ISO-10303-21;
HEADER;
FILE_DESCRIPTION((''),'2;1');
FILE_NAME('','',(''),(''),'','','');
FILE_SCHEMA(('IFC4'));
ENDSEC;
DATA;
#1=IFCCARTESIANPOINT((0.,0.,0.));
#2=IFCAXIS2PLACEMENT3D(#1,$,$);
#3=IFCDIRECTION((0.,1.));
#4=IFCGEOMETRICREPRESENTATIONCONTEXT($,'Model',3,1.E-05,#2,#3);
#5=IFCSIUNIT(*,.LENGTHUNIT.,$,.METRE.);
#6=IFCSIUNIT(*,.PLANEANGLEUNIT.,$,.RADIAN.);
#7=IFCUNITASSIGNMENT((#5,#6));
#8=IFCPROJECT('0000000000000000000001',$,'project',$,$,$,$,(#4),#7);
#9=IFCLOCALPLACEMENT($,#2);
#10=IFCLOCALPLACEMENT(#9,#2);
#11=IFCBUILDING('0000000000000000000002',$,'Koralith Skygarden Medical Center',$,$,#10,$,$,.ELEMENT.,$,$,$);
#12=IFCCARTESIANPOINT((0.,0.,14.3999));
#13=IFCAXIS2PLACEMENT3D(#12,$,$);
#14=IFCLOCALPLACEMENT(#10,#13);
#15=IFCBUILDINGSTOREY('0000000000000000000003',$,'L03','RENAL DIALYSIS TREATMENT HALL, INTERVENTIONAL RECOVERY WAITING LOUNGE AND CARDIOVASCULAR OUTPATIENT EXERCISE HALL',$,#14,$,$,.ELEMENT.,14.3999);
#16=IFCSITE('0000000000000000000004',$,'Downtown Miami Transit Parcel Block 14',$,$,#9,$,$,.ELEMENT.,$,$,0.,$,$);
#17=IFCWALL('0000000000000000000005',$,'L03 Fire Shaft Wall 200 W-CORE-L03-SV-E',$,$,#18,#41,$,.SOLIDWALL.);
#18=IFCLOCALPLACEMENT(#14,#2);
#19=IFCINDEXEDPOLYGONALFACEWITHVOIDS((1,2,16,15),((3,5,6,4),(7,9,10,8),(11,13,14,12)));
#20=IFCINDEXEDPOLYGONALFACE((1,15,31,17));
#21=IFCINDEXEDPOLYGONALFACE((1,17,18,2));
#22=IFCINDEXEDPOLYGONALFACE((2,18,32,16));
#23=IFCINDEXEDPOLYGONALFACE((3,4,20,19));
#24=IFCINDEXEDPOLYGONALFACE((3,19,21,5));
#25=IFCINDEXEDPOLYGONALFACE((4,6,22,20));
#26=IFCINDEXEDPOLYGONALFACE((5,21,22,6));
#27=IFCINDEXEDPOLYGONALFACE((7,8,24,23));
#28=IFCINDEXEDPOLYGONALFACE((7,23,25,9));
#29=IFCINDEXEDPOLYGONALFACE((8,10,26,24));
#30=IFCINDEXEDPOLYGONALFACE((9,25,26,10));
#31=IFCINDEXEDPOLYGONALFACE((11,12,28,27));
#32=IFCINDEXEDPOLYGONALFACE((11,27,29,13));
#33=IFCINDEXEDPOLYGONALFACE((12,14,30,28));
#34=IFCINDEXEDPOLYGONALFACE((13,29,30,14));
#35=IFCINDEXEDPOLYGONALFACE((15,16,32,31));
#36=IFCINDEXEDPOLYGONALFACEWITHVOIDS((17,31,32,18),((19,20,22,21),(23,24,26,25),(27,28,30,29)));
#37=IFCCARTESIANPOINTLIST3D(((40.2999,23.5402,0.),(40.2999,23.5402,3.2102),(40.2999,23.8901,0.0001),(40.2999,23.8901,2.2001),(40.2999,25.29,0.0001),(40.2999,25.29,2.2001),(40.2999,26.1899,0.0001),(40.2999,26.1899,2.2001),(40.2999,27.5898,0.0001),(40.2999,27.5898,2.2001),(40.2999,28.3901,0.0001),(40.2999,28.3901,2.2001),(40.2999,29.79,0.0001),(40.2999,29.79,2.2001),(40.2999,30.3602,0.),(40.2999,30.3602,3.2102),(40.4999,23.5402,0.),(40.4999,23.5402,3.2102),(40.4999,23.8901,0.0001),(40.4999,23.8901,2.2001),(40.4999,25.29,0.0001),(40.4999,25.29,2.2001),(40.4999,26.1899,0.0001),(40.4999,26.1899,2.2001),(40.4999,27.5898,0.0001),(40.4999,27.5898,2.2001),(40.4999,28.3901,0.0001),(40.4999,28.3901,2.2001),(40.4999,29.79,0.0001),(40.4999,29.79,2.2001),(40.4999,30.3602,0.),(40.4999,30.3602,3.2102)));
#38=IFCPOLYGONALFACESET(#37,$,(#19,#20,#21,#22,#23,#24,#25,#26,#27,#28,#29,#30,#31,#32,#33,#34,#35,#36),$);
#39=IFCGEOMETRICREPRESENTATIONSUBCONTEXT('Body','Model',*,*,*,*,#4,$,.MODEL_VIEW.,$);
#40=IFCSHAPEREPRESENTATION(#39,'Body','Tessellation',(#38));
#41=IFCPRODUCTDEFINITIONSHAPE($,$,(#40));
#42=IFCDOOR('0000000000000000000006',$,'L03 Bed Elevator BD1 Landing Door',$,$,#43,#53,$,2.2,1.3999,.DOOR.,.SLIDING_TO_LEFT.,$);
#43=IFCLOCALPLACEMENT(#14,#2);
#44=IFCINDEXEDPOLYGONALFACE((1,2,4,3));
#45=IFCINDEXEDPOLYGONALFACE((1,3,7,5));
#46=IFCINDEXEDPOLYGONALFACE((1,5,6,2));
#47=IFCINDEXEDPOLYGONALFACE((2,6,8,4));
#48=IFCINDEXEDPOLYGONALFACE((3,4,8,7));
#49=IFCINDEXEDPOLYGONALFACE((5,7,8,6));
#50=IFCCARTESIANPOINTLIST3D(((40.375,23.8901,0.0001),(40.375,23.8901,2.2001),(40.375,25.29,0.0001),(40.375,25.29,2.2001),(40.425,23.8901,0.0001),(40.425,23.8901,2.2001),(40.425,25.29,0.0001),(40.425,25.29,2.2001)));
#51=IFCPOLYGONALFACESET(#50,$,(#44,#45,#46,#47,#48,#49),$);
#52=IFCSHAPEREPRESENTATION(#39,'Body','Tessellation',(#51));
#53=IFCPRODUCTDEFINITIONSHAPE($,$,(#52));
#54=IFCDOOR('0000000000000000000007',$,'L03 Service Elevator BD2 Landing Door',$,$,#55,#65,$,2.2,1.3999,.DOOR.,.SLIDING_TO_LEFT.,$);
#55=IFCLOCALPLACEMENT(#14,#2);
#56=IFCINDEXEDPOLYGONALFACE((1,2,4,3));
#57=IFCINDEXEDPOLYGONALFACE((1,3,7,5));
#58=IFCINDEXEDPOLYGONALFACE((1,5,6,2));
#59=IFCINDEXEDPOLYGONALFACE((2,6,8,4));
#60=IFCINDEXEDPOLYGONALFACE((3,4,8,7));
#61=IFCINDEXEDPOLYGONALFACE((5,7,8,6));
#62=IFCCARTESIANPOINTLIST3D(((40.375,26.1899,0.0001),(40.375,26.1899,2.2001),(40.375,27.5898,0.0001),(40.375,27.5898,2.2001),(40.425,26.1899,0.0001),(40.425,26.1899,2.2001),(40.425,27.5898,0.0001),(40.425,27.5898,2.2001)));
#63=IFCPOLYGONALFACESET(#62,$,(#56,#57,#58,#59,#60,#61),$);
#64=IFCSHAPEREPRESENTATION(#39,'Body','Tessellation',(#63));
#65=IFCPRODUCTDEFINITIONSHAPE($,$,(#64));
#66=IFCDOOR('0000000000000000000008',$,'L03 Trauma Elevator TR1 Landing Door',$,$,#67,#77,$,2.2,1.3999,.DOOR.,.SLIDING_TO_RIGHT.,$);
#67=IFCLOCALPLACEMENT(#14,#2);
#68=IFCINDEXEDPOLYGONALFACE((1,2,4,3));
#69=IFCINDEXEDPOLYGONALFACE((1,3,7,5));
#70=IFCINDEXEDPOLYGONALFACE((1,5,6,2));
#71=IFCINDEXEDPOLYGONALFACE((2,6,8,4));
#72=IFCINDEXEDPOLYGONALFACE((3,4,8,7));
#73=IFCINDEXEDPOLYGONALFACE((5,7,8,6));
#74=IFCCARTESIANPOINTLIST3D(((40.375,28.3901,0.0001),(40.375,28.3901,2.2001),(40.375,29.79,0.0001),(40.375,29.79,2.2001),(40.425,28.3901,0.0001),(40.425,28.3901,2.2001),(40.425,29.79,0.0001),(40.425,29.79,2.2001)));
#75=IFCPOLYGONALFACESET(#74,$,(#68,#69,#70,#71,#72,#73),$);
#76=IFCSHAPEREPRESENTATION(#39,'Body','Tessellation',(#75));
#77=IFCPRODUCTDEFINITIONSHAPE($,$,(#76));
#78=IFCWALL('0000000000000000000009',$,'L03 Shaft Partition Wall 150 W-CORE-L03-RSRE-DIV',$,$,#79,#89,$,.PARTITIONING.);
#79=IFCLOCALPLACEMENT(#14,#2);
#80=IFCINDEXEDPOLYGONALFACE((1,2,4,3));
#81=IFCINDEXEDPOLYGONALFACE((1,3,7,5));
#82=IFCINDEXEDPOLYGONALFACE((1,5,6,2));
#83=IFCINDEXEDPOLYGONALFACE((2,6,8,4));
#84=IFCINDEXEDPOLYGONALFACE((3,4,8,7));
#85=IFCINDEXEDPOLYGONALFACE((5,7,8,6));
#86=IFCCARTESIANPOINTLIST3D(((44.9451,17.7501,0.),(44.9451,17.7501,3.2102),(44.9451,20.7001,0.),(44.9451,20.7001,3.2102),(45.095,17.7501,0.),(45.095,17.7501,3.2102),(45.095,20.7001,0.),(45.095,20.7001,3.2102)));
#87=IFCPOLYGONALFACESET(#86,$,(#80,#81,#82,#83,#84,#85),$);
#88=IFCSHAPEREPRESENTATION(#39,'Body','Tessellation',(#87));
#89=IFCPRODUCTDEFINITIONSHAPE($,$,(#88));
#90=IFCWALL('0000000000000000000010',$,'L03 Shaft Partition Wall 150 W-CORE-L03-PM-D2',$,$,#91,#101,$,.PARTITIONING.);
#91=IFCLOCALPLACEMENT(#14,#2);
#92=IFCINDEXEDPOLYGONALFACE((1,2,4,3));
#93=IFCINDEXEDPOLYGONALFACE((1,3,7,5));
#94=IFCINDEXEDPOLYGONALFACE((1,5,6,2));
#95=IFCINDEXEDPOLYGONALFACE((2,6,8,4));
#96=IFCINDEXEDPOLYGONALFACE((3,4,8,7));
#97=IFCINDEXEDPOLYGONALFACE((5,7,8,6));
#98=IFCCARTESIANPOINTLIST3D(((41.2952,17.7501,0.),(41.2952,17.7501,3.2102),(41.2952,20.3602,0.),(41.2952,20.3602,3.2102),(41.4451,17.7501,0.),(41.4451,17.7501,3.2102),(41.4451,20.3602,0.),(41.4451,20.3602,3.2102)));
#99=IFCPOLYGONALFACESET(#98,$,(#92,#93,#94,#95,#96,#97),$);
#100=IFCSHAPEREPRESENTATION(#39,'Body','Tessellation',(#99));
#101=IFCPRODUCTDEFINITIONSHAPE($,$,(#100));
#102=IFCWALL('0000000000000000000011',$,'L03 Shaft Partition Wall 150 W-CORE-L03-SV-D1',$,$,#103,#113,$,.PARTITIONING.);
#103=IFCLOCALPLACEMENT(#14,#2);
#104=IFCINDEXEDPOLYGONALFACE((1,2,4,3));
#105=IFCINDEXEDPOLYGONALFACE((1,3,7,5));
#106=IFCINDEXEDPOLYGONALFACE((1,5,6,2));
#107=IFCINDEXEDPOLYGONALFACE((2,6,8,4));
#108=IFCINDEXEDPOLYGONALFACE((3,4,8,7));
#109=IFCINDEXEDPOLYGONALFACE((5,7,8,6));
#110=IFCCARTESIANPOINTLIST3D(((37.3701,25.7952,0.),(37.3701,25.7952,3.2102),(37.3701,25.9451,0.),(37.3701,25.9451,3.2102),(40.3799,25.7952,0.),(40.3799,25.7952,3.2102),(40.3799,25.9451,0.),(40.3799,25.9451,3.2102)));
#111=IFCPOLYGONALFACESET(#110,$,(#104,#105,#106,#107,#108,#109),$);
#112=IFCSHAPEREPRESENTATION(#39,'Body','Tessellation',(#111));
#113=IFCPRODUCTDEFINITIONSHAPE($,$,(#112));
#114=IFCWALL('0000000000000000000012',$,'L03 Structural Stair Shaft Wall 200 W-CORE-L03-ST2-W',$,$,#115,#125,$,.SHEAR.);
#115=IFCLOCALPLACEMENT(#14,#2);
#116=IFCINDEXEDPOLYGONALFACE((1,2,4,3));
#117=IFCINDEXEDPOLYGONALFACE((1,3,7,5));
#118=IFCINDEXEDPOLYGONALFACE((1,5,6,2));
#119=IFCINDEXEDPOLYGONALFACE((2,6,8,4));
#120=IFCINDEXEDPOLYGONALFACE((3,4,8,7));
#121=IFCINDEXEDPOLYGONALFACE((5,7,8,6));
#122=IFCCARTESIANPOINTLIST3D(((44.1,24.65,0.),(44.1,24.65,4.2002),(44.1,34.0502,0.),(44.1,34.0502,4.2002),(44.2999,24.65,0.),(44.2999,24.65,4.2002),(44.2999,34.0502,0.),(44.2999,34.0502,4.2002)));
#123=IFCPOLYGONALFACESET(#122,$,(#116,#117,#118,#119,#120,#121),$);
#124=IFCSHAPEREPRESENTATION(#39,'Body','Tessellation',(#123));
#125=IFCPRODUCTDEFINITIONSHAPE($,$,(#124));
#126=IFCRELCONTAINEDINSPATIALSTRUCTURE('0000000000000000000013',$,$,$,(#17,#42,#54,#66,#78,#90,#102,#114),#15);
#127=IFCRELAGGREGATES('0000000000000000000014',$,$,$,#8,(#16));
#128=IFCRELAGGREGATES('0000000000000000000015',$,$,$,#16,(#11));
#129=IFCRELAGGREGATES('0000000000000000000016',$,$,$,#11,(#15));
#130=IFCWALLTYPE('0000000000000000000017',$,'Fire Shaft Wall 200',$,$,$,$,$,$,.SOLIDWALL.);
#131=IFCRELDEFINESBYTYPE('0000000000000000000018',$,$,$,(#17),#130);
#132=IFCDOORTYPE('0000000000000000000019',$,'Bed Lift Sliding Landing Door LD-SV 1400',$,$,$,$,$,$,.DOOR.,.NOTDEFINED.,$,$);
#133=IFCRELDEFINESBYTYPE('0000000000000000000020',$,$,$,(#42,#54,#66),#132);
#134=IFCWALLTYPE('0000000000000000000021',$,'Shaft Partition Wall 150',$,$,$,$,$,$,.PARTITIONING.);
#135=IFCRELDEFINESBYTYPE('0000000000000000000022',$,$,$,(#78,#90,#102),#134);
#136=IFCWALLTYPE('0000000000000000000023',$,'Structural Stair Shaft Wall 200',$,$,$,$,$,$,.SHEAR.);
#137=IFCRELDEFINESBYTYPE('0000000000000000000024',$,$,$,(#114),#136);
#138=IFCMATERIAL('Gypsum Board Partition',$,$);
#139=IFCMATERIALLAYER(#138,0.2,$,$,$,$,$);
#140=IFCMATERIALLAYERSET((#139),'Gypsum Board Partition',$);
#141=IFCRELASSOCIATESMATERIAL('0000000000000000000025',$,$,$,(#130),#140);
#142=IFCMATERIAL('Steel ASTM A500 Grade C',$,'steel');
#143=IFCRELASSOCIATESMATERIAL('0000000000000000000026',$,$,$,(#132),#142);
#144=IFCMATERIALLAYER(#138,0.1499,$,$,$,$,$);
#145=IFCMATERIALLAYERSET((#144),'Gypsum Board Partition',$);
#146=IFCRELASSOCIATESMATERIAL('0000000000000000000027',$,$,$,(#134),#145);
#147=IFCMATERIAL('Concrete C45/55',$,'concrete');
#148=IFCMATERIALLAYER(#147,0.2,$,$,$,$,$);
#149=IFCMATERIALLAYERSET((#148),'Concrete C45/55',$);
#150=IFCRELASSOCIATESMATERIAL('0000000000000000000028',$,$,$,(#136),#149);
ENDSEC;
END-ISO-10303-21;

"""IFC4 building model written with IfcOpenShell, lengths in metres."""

from ifc_helpers import new_model, si_unit, direction, frame, frame_2d, origin, place, context, subcontext, project, spatial, rectangle, extrude, material, layer, layer_set, type_object, element, fill, save


model = new_model("IFC4")

# Units and contexts
model_context = context("Model", 3, precision=1e-05, world=origin(), true_north=direction((0.0, 1.0)))
body_context = subcontext(model_context, "Body", "Model", "MODEL_VIEW")
ifc_project = project(units=[si_unit("LENGTHUNIT", "METRE"), si_unit("PLANEANGLEUNIT", "RADIAN")], contexts=[model_context])

# Site, building, storey
site_placement = place(None, origin())
site = spatial("IfcSite", under=ifc_project, at=site_placement, Name="Downtown Miami Transit Parcel Block 14", CompositionType="ELEMENT", RefElevation=0.0)
building_placement = place(site_placement, origin())
building = spatial("IfcBuilding", under=site, at=building_placement, Name="Koralith Skygarden Medical Center", CompositionType="ELEMENT")
storey_placement = place(building_placement, frame((0.0, 0.0, 14.3999)))
storey = spatial("IfcBuildingStorey", under=building, at=storey_placement, Name="L03", Description="RENAL DIALYSIS TREATMENT HALL, INTERVENTIONAL RECOVERY WAITING LOUNGE AND CARDIOVASCULAR OUTPATIENT EXERCISE HALL", CompositionType="ELEMENT", Elevation=14.3999)

# Shared definitions
ifc_material_1 = material(Name="Gypsum Board Partition")

# Shared definitions
ifc_layer_1 = layer(ifc_material_1, 0.2)
ifc_layer_set_1 = layer_set([ifc_layer_1], Name="Gypsum Board Partition")
wall_type_1 = type_object("IfcWallType", Name="Fire Shaft Wall 200", PredefinedType="SOLIDWALL", material=ifc_layer_set_1)
ifc_material_2 = material(Name="Steel ASTM A500 Grade C", Category="steel")

# Wall, openings, doors
wall_1_placement = place(storey_placement, frame((40.3999, 23.54, 0.0), z_axis=(0.0, 0.0, 1.0), x_axis=(0.0, 1.0, 0.0)))
wall_1 = element("IfcWall", 1, at=wall_1_placement, inside=storey, type_object=wall_type_1, Name="L03 Fire Shaft Wall 200 W-CORE-L03-SV-E", PredefinedType="SOLIDWALL", context=body_context, shape_type="SweptSolid", body=[
    extrude(rectangle(XDim=6.8201, YDim=0.2, at=frame_2d((3.4102, 0.0))), origin(), (0.0, 0.0, 1.0), 3.2102),
])
opening_1_placement = place(wall_1_placement, frame((0.3501, 0.0, 0.0)))
opening_1 = element("IfcOpeningElement", 2, at=opening_1_placement, cuts=wall_1, PredefinedType="OPENING", context=body_context, shape_type="SweptSolid", body=[
    extrude(rectangle(XDim=1.3999, YDim=2.2, at=frame_2d((0.7, 1.1001))), frame((0.0, 0.1099, 0.0), z_axis=(0.0, -1.0, 0.0), x_axis=(1.0, 0.0, 0.0)), (0.0, 0.0, 1.0), 0.22),
])
opening_2_placement = place(wall_1_placement, frame((2.6499, 0.0, 0.0)))
opening_2 = element("IfcOpeningElement", 3, at=opening_2_placement, cuts=wall_1, PredefinedType="OPENING", context=body_context, shape_type="SweptSolid", body=[
    extrude(rectangle(XDim=1.3999, YDim=2.2, at=frame_2d((0.7, 1.1001))), frame((0.0, 0.1099, 0.0), z_axis=(0.0, -1.0, 0.0), x_axis=(1.0, 0.0, 0.0)), (0.0, 0.0, 1.0), 0.22),
])
opening_3_placement = place(wall_1_placement, frame((4.8501, 0.0, 0.0)))
opening_3 = element("IfcOpeningElement", 4, at=opening_3_placement, cuts=wall_1, PredefinedType="OPENING", context=body_context, shape_type="SweptSolid", body=[
    extrude(rectangle(XDim=1.3999, YDim=2.2, at=frame_2d((0.7, 1.1001))), frame((0.0, 0.1099, 0.0), z_axis=(0.0, -1.0, 0.0), x_axis=(1.0, 0.0, 0.0)), (0.0, 0.0, 1.0), 0.22),
])
door_type_1 = type_object("IfcDoorType", Name="Bed Lift Sliding Landing Door LD-SV 1400", OperationType="NOTDEFINED", PredefinedType="DOOR", material=ifc_material_2)
door_1_placement = place(opening_1_placement, origin())
door_1 = element("IfcDoor", 5, at=door_1_placement, inside=storey, type_object=door_type_1, Name="L03 Bed Elevator BD1 Landing Door", OperationType="SLIDING_TO_LEFT", OverallHeight=2.2, OverallWidth=1.3999, PredefinedType="DOOR", context=body_context, shape_type="SweptSolid", body=[
    extrude(rectangle(XDim=1.3999, YDim=2.2, at=frame_2d((0.7, 1.1001))), frame((0.0, 0.0249, 0.0), z_axis=(0.0, -1.0, 0.0), x_axis=(1.0, 0.0, 0.0)), (0.0, 0.0, 1.0), 0.05),
])
fill(opening_1, door_1)
door_2_placement = place(opening_2_placement, origin())
door_2 = element("IfcDoor", 6, at=door_2_placement, inside=storey, type_object=door_type_1, Name="L03 Service Elevator BD2 Landing Door", OperationType="SLIDING_TO_LEFT", OverallHeight=2.2, OverallWidth=1.3999, PredefinedType="DOOR", context=body_context, shape_type="SweptSolid", body=[
    extrude(rectangle(XDim=1.3999, YDim=2.2, at=frame_2d((0.7, 1.1001))), frame((0.0, 0.0249, 0.0), z_axis=(0.0, -1.0, 0.0), x_axis=(1.0, 0.0, 0.0)), (0.0, 0.0, 1.0), 0.05),
])
fill(opening_2, door_2)
door_3_placement = place(opening_3_placement, origin())
door_3 = element("IfcDoor", 7, at=door_3_placement, inside=storey, type_object=door_type_1, Name="L03 Trauma Elevator TR1 Landing Door", OperationType="SLIDING_TO_RIGHT", OverallHeight=2.2, OverallWidth=1.3999, PredefinedType="DOOR", context=body_context, shape_type="SweptSolid", body=[
    extrude(rectangle(XDim=1.3999, YDim=2.2, at=frame_2d((0.7, 1.1001))), frame((0.0, 0.0249, 0.0), z_axis=(0.0, -1.0, 0.0), x_axis=(1.0, 0.0, 0.0)), (0.0, 0.0, 1.0), 0.05),
])
fill(opening_3, door_3)

# Walls
ifc_layer_2 = layer(ifc_material_1, 0.1499)
ifc_layer_set_2 = layer_set([ifc_layer_2], Name="Gypsum Board Partition")
wall_type_2 = type_object("IfcWallType", Name="Shaft Partition Wall 150", PredefinedType="PARTITIONING", material=ifc_layer_set_2)
wall_2_placement = place(storey_placement, frame((45.02, 17.75, 0.0), z_axis=(0.0, 0.0, 1.0), x_axis=(0.0, 1.0, 0.0)))
element("IfcWall", 8, at=wall_2_placement, inside=storey, type_object=wall_type_2, Name="L03 Shaft Partition Wall 150 W-CORE-L03-RSRE-DIV", PredefinedType="PARTITIONING", context=body_context, shape_type="SweptSolid", body=[
    extrude(rectangle(XDim=2.95, YDim=0.1499, at=frame_2d((1.4751, 0.0))), origin(), (0.0, 0.0, 1.0), 3.2102),
])
wall_3_placement = place(storey_placement, frame((41.3701, 17.75, 0.0), z_axis=(0.0, 0.0, 1.0), x_axis=(0.0, 1.0, 0.0)))
element("IfcWall", 9, at=wall_3_placement, inside=storey, type_object=wall_type_2, Name="L03 Shaft Partition Wall 150 W-CORE-L03-PM-D2", PredefinedType="PARTITIONING", context=body_context, shape_type="SweptSolid", body=[
    extrude(rectangle(XDim=2.6101, YDim=0.1499, at=frame_2d((1.3052, 0.0))), origin(), (0.0, 0.0, 1.0), 3.2102),
])
wall_4_placement = place(storey_placement, frame((37.3701, 25.8701, 0.0), z_axis=(0.0, 0.0, 1.0), x_axis=(1.0, 0.0, 0.0)))
element("IfcWall", 10, at=wall_4_placement, inside=storey, type_object=wall_type_2, Name="L03 Shaft Partition Wall 150 W-CORE-L03-SV-D1", PredefinedType="PARTITIONING", context=body_context, shape_type="SweptSolid", body=[
    extrude(rectangle(XDim=3.0098, YDim=0.1499, at=frame_2d((1.5049, 0.0))), origin(), (0.0, 0.0, 1.0), 3.2102),
])
ifc_material_3 = material(Name="Concrete C45/55", Category="concrete")
ifc_layer_3 = layer(ifc_material_3, 0.2)
ifc_layer_set_3 = layer_set([ifc_layer_3], Name="Concrete C45/55")
wall_type_3 = type_object("IfcWallType", Name="Structural Stair Shaft Wall 200", PredefinedType="SHEAR", material=ifc_layer_set_3)
wall_5_placement = place(storey_placement, frame((44.2, 24.6499, 0.0), z_axis=(0.0, 0.0, 1.0), x_axis=(0.0, 1.0, 0.0)))
element("IfcWall", 11, at=wall_5_placement, inside=storey, type_object=wall_type_3, Name="L03 Structural Stair Shaft Wall 200 W-CORE-L03-ST2-W", PredefinedType="SHEAR", context=body_context, shape_type="SweptSolid", body=[
    extrude(rectangle(XDim=9.4001, YDim=0.2, at=frame_2d((4.7002, 0.0))), origin(), (0.0, 0.0, 1.0), 4.2002),
])

save(model, "model.ifc")
